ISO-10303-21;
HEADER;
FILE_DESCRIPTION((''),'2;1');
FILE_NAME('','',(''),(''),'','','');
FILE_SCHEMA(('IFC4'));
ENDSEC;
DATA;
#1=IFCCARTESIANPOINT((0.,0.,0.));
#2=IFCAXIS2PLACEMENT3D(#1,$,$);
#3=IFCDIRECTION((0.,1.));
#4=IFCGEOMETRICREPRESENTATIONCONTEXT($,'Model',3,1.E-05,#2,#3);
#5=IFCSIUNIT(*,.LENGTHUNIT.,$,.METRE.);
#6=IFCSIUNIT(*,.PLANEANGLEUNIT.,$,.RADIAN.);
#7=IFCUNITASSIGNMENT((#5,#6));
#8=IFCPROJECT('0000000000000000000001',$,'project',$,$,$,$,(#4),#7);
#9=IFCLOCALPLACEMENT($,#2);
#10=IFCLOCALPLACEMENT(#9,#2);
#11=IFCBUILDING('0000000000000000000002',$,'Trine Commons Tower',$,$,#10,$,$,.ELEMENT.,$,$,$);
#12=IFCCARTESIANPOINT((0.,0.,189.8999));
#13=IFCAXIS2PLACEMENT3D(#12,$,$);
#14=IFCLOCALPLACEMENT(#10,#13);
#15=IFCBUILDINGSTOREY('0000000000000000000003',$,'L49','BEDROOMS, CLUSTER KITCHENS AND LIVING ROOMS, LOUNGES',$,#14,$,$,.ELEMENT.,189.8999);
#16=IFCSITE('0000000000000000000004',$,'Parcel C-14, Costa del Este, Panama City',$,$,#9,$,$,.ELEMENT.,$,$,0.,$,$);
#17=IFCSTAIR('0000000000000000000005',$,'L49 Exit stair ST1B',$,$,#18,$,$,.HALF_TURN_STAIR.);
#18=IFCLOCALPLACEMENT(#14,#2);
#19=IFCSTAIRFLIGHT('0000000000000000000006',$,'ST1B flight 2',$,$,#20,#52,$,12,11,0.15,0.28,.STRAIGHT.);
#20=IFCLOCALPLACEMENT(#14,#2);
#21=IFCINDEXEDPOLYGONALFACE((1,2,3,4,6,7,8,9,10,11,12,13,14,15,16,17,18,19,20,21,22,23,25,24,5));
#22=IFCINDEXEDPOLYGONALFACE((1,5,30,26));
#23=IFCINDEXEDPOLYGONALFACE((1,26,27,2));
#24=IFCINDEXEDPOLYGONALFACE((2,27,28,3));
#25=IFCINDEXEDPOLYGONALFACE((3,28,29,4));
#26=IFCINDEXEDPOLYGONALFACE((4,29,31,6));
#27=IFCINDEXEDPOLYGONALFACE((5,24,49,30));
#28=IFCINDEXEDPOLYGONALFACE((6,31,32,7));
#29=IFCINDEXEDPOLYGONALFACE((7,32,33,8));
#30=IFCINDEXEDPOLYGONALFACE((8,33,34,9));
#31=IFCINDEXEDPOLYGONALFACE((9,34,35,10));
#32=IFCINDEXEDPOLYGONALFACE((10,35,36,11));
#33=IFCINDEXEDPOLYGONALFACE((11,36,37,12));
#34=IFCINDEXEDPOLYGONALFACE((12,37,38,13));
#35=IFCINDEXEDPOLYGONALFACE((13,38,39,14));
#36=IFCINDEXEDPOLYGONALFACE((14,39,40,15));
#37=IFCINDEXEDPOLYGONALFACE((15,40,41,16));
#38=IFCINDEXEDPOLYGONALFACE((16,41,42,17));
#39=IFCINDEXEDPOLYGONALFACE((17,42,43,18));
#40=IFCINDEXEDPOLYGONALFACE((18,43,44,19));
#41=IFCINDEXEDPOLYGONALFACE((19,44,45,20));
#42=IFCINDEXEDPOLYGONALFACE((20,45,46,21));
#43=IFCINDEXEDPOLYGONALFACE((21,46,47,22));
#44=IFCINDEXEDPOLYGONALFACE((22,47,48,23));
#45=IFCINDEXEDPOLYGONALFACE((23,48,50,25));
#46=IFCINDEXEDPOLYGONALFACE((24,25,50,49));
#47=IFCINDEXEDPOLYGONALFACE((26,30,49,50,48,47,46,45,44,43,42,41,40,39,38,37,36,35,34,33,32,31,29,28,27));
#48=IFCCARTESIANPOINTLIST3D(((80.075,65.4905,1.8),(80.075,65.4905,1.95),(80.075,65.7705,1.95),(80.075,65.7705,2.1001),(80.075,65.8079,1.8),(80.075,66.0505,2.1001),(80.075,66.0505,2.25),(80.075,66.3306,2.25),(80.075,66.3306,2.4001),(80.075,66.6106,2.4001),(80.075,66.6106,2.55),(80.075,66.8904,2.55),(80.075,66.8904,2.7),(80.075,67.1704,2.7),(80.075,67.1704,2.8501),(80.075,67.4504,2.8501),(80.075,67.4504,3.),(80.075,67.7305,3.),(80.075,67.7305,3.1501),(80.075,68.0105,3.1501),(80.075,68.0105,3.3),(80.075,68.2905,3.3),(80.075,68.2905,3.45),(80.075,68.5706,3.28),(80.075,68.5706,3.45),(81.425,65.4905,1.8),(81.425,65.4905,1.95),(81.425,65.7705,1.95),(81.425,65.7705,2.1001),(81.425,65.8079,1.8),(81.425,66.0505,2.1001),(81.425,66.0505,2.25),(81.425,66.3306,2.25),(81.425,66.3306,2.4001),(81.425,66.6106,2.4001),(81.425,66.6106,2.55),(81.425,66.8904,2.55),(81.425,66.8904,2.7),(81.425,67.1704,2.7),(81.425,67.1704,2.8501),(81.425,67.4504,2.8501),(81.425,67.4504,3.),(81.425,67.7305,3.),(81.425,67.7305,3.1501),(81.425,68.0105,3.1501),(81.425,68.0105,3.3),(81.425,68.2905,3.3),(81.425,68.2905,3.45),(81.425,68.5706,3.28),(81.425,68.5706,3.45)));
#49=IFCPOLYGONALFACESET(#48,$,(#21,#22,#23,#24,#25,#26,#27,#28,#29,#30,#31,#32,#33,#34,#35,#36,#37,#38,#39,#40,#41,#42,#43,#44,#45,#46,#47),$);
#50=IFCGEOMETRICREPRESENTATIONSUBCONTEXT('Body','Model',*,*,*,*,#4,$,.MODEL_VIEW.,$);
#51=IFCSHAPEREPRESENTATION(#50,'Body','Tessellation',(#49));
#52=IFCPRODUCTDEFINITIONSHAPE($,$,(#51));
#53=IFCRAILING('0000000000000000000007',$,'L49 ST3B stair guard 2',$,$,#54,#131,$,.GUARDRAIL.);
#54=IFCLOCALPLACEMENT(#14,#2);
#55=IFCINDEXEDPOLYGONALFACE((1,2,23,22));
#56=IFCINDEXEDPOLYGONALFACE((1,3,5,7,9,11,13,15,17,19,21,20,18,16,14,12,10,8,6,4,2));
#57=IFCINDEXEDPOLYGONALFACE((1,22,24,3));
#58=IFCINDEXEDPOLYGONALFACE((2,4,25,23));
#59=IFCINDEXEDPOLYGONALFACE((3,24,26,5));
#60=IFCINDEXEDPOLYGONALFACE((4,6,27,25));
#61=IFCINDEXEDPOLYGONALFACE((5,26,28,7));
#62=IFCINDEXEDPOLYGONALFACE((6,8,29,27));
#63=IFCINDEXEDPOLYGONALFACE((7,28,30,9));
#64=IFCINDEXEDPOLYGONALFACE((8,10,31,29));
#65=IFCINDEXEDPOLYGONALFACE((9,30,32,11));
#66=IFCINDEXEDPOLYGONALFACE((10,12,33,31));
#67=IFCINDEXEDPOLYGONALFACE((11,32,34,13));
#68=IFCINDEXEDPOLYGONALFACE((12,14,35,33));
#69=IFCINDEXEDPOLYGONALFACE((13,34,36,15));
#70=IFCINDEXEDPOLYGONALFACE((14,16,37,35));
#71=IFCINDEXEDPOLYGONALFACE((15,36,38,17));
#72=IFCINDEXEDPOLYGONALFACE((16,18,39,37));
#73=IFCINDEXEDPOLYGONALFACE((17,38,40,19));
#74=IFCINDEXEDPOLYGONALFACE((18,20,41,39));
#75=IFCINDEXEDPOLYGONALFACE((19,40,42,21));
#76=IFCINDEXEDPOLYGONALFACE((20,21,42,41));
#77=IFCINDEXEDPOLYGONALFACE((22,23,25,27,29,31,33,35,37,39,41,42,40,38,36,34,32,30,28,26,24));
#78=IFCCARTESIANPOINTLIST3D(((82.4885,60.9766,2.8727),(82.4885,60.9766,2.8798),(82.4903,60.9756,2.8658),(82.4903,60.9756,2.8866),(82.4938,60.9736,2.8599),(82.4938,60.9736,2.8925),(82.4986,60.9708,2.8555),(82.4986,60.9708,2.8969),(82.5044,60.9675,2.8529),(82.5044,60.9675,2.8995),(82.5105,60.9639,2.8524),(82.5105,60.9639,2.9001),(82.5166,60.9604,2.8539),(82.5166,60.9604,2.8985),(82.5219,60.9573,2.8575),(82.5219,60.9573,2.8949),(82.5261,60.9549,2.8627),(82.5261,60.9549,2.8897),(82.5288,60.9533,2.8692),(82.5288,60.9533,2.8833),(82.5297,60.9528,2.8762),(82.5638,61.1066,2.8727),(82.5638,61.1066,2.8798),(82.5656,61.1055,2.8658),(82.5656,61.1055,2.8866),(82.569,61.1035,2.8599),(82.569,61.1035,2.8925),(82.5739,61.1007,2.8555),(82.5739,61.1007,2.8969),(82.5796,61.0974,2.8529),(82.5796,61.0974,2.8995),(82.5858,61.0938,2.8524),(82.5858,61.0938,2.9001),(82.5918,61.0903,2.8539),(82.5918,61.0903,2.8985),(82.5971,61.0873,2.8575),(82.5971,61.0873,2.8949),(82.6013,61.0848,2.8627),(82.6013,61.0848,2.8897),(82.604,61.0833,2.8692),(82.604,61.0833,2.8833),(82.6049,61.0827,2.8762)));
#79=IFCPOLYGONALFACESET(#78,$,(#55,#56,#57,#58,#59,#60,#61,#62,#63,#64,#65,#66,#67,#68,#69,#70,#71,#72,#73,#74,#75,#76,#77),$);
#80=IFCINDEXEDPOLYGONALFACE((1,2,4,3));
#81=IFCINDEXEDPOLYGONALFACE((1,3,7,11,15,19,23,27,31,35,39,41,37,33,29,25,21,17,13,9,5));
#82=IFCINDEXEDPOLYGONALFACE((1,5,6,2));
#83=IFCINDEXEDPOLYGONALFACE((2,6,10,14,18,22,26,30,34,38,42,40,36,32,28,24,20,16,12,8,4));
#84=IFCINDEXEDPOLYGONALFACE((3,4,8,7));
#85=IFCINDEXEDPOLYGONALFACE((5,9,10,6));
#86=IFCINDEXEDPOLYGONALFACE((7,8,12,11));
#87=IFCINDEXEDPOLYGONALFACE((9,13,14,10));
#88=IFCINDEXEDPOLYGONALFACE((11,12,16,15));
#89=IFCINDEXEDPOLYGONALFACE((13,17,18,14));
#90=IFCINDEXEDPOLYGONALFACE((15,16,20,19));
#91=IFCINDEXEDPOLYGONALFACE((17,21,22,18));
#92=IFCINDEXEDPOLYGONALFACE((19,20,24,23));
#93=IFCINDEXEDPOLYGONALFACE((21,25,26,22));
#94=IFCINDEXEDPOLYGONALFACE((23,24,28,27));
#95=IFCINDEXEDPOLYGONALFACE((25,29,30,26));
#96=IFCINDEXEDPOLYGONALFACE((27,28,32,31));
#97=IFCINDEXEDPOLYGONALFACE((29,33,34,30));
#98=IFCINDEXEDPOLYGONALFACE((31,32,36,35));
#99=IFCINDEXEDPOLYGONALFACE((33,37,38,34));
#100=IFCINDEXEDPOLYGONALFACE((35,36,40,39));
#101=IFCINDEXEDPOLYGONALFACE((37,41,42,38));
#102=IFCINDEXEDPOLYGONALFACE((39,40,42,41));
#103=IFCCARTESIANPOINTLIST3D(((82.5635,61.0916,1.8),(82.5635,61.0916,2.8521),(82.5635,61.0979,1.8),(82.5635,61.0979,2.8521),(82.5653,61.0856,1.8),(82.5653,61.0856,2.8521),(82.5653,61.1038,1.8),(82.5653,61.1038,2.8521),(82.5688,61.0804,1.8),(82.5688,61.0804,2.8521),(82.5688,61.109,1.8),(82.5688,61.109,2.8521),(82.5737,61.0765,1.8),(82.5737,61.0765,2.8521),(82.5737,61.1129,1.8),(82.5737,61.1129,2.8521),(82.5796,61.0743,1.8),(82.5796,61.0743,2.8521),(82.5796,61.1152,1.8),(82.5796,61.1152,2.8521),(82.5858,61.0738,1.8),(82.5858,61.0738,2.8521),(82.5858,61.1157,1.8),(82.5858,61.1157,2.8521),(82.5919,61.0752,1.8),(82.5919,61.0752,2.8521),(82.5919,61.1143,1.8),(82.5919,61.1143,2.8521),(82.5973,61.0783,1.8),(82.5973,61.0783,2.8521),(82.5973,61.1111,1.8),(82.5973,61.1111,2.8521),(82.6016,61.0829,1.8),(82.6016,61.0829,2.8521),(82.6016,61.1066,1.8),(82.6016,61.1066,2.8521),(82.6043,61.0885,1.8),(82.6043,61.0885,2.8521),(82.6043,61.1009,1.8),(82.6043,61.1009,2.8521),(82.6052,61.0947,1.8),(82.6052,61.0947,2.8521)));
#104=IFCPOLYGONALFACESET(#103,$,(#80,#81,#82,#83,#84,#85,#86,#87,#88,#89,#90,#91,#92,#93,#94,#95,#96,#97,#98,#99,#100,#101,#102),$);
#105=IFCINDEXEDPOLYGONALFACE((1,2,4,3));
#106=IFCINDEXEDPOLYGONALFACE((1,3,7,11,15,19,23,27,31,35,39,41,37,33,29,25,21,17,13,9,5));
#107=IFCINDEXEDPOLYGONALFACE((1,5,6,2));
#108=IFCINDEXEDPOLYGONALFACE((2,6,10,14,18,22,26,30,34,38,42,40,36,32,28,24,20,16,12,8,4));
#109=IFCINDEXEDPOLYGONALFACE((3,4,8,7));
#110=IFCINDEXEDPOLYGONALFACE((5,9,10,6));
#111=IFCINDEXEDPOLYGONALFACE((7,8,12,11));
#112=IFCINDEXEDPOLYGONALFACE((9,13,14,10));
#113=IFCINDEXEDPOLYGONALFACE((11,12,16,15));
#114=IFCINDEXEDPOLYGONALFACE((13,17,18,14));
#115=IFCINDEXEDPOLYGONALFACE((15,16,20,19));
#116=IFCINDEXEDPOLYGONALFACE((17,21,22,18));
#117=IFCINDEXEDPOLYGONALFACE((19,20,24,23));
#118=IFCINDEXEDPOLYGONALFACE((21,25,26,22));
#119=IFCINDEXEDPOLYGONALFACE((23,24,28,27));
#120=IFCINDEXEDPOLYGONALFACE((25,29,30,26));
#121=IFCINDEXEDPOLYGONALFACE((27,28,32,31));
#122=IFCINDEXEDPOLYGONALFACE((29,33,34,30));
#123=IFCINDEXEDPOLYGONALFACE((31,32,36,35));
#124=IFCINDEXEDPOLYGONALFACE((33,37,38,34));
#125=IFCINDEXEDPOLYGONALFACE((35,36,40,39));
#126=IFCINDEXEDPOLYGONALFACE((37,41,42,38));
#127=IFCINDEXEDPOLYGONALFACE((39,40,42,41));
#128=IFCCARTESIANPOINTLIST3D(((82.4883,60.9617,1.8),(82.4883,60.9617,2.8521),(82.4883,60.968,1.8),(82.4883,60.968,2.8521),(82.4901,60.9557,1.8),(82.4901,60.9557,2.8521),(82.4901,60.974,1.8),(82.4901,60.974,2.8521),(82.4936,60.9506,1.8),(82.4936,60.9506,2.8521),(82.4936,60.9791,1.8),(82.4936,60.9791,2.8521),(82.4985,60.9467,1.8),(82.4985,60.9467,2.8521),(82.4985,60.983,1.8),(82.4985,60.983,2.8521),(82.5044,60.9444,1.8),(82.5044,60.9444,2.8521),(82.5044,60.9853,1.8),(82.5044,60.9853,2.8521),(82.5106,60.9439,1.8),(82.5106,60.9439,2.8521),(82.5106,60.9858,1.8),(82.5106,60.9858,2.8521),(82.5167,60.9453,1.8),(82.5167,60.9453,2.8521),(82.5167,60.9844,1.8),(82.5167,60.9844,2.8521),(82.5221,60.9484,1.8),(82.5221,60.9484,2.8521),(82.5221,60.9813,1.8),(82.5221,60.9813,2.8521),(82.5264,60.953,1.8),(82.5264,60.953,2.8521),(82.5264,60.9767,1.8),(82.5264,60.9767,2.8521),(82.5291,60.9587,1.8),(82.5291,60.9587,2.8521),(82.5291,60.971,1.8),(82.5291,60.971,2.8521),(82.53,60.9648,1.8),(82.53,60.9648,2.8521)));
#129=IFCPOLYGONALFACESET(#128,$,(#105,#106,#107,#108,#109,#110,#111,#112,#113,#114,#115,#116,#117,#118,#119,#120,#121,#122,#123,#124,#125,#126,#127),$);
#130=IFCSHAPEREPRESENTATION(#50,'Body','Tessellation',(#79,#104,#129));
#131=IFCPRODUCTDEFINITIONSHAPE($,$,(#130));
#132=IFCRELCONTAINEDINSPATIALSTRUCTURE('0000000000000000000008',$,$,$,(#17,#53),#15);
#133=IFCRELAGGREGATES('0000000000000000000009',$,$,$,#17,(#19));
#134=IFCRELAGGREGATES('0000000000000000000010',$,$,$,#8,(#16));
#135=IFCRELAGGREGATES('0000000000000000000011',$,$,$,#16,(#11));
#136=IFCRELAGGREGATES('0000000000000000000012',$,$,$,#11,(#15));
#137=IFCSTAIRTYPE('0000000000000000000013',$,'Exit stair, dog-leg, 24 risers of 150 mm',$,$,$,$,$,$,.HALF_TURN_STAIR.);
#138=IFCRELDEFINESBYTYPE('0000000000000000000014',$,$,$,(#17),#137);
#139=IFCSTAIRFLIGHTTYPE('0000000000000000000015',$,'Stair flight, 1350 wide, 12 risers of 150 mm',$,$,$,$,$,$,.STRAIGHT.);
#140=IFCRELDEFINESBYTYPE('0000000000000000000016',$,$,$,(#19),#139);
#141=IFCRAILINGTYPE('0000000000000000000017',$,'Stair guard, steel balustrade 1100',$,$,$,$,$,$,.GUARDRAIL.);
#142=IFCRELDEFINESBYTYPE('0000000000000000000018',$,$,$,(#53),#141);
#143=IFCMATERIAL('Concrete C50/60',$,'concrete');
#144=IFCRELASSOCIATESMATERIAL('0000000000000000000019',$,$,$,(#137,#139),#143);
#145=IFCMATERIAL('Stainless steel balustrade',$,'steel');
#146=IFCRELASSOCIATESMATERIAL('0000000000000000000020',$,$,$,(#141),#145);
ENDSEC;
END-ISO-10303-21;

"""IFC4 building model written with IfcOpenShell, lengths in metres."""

from ifc_helpers import new_model, si_unit, direction, frame, origin, origin_2d, place, context, subcontext, project, spatial, polyline, circle, outline, extrude, material, type_object, element, aggregate, save


model = new_model("IFC4")

# Units and contexts
model_context = context("Model", 3, precision=1e-05, world=origin(), true_north=direction((0.0, 1.0)))
body_context = subcontext(model_context, "Body", "Model", "MODEL_VIEW")
ifc_project = project(units=[si_unit("LENGTHUNIT", "METRE"), si_unit("PLANEANGLEUNIT", "RADIAN")], contexts=[model_context])

# Site, building, storey
site_placement = place(None, origin())
site = spatial("IfcSite", under=ifc_project, at=site_placement, Name="Parcel C-14, Costa del Este, Panama City", CompositionType="ELEMENT", RefElevation=0.0)
building_placement = place(site_placement, origin())
building = spatial("IfcBuilding", under=site, at=building_placement, Name="Trine Commons Tower", CompositionType="ELEMENT")
storey_placement = place(building_placement, frame((0.0, 0.0, 189.8999)))
storey = spatial("IfcBuildingStorey", under=building, at=storey_placement, Name="L49", Description="BEDROOMS, CLUSTER KITCHENS AND LIVING ROOMS, LOUNGES", CompositionType="ELEMENT", Elevation=189.8999)

# Stair, stair flight
ifc_material_1 = material(Name="Concrete C50/60", Category="concrete")
stair_type = type_object("IfcStairType", Name="Exit stair, dog-leg, 24 risers of 150 mm", PredefinedType="HALF_TURN_STAIR", material=ifc_material_1)
stair_placement = place(storey_placement, origin())
stair = element("IfcStair", 1, at=stair_placement, inside=storey, type_object=stair_type, Name="L49 Exit stair ST1B", PredefinedType="HALF_TURN_STAIR")
stair_flight_type = type_object("IfcStairFlightType", Name="Stair flight, 1350 wide, 12 risers of 150 mm", PredefinedType="STRAIGHT", material=ifc_material_1)
stair_flight_placement = place(storey_placement, frame((80.75, 65.4905, 1.8), z_axis=(0.0, 0.0, 1.0), x_axis=(0.0, 1.0, 0.0)))
stair_flight = element("IfcStairFlight", 2, at=stair_flight_placement, type_object=stair_flight_type, Name="ST1B flight 2", NumberOfRisers=12, NumberOfTreads=11, PredefinedType="STRAIGHT", RiserHeight=0.15, TreadLength=0.28, context=body_context, shape_type="SweptSolid", body=[
    extrude(outline(polyline([(0.0, 0.0), (0.0, 0.1499), (0.28, 0.1499), (0.28, 0.3), (0.5601, 0.3), (0.5601, 0.45), (0.8401, 0.45), (0.8401, 0.6001), (1.1201, 0.6001), (1.1201, 0.75), (1.3999, 0.75), (1.3999, 0.8999), (1.6799, 0.8999), (1.6799, 1.05), (1.96, 1.05), (1.96, 1.2), (2.24, 1.2), (2.24, 1.3501), (2.52, 1.3501), (2.52, 1.5), (2.8, 1.5), (2.8, 1.6499), (3.0801, 1.6499), (3.0801, 1.8), (3.0801, 1.48), (0.3174, 0.0), (0.0, 0.0)])), frame((0.0, 0.675, 0.0), z_axis=(0.0, -1.0, 0.0), x_axis=(1.0, 0.0, 0.0)), (0.0, 0.0, 1.0), 1.3501),
])
aggregate(stair, [stair_flight])

# Railing
ifc_material_2 = material(Name="Stainless steel balustrade", Category="steel")
railing_type_1 = type_object("IfcRailingType", Name="Stair guard, steel balustrade 1100", PredefinedType="GUARDRAIL", material=ifc_material_2)
railing_1_placement = place(storey_placement, frame((82.5842, 61.0947, 1.8)))
element("IfcRailing", 3, at=railing_1_placement, inside=storey, type_object=railing_type_1, Name="L49 ST3B stair guard 2", PredefinedType="GUARDRAIL", context=body_context, shape_type="SweptSolid", body=[
    extrude(circle(Radius=0.0239, at=origin_2d()), frame((0.0, 0.0, 1.0762), z_axis=(-0.501036, -0.865426, 0.0), x_axis=(0.865426, -0.501036, 0.0)), (0.0, 0.0, 1.0), 0.1501),
    extrude(circle(Radius=0.021, at=origin_2d()), origin(), (0.0, 0.0, 1.0), 1.052),
    extrude(circle(Radius=0.021, at=origin_2d()), frame((-0.0752, -0.1299, 0.0)), (0.0, 0.0, 1.0), 1.052),
])

save(model, "model.ifc")
